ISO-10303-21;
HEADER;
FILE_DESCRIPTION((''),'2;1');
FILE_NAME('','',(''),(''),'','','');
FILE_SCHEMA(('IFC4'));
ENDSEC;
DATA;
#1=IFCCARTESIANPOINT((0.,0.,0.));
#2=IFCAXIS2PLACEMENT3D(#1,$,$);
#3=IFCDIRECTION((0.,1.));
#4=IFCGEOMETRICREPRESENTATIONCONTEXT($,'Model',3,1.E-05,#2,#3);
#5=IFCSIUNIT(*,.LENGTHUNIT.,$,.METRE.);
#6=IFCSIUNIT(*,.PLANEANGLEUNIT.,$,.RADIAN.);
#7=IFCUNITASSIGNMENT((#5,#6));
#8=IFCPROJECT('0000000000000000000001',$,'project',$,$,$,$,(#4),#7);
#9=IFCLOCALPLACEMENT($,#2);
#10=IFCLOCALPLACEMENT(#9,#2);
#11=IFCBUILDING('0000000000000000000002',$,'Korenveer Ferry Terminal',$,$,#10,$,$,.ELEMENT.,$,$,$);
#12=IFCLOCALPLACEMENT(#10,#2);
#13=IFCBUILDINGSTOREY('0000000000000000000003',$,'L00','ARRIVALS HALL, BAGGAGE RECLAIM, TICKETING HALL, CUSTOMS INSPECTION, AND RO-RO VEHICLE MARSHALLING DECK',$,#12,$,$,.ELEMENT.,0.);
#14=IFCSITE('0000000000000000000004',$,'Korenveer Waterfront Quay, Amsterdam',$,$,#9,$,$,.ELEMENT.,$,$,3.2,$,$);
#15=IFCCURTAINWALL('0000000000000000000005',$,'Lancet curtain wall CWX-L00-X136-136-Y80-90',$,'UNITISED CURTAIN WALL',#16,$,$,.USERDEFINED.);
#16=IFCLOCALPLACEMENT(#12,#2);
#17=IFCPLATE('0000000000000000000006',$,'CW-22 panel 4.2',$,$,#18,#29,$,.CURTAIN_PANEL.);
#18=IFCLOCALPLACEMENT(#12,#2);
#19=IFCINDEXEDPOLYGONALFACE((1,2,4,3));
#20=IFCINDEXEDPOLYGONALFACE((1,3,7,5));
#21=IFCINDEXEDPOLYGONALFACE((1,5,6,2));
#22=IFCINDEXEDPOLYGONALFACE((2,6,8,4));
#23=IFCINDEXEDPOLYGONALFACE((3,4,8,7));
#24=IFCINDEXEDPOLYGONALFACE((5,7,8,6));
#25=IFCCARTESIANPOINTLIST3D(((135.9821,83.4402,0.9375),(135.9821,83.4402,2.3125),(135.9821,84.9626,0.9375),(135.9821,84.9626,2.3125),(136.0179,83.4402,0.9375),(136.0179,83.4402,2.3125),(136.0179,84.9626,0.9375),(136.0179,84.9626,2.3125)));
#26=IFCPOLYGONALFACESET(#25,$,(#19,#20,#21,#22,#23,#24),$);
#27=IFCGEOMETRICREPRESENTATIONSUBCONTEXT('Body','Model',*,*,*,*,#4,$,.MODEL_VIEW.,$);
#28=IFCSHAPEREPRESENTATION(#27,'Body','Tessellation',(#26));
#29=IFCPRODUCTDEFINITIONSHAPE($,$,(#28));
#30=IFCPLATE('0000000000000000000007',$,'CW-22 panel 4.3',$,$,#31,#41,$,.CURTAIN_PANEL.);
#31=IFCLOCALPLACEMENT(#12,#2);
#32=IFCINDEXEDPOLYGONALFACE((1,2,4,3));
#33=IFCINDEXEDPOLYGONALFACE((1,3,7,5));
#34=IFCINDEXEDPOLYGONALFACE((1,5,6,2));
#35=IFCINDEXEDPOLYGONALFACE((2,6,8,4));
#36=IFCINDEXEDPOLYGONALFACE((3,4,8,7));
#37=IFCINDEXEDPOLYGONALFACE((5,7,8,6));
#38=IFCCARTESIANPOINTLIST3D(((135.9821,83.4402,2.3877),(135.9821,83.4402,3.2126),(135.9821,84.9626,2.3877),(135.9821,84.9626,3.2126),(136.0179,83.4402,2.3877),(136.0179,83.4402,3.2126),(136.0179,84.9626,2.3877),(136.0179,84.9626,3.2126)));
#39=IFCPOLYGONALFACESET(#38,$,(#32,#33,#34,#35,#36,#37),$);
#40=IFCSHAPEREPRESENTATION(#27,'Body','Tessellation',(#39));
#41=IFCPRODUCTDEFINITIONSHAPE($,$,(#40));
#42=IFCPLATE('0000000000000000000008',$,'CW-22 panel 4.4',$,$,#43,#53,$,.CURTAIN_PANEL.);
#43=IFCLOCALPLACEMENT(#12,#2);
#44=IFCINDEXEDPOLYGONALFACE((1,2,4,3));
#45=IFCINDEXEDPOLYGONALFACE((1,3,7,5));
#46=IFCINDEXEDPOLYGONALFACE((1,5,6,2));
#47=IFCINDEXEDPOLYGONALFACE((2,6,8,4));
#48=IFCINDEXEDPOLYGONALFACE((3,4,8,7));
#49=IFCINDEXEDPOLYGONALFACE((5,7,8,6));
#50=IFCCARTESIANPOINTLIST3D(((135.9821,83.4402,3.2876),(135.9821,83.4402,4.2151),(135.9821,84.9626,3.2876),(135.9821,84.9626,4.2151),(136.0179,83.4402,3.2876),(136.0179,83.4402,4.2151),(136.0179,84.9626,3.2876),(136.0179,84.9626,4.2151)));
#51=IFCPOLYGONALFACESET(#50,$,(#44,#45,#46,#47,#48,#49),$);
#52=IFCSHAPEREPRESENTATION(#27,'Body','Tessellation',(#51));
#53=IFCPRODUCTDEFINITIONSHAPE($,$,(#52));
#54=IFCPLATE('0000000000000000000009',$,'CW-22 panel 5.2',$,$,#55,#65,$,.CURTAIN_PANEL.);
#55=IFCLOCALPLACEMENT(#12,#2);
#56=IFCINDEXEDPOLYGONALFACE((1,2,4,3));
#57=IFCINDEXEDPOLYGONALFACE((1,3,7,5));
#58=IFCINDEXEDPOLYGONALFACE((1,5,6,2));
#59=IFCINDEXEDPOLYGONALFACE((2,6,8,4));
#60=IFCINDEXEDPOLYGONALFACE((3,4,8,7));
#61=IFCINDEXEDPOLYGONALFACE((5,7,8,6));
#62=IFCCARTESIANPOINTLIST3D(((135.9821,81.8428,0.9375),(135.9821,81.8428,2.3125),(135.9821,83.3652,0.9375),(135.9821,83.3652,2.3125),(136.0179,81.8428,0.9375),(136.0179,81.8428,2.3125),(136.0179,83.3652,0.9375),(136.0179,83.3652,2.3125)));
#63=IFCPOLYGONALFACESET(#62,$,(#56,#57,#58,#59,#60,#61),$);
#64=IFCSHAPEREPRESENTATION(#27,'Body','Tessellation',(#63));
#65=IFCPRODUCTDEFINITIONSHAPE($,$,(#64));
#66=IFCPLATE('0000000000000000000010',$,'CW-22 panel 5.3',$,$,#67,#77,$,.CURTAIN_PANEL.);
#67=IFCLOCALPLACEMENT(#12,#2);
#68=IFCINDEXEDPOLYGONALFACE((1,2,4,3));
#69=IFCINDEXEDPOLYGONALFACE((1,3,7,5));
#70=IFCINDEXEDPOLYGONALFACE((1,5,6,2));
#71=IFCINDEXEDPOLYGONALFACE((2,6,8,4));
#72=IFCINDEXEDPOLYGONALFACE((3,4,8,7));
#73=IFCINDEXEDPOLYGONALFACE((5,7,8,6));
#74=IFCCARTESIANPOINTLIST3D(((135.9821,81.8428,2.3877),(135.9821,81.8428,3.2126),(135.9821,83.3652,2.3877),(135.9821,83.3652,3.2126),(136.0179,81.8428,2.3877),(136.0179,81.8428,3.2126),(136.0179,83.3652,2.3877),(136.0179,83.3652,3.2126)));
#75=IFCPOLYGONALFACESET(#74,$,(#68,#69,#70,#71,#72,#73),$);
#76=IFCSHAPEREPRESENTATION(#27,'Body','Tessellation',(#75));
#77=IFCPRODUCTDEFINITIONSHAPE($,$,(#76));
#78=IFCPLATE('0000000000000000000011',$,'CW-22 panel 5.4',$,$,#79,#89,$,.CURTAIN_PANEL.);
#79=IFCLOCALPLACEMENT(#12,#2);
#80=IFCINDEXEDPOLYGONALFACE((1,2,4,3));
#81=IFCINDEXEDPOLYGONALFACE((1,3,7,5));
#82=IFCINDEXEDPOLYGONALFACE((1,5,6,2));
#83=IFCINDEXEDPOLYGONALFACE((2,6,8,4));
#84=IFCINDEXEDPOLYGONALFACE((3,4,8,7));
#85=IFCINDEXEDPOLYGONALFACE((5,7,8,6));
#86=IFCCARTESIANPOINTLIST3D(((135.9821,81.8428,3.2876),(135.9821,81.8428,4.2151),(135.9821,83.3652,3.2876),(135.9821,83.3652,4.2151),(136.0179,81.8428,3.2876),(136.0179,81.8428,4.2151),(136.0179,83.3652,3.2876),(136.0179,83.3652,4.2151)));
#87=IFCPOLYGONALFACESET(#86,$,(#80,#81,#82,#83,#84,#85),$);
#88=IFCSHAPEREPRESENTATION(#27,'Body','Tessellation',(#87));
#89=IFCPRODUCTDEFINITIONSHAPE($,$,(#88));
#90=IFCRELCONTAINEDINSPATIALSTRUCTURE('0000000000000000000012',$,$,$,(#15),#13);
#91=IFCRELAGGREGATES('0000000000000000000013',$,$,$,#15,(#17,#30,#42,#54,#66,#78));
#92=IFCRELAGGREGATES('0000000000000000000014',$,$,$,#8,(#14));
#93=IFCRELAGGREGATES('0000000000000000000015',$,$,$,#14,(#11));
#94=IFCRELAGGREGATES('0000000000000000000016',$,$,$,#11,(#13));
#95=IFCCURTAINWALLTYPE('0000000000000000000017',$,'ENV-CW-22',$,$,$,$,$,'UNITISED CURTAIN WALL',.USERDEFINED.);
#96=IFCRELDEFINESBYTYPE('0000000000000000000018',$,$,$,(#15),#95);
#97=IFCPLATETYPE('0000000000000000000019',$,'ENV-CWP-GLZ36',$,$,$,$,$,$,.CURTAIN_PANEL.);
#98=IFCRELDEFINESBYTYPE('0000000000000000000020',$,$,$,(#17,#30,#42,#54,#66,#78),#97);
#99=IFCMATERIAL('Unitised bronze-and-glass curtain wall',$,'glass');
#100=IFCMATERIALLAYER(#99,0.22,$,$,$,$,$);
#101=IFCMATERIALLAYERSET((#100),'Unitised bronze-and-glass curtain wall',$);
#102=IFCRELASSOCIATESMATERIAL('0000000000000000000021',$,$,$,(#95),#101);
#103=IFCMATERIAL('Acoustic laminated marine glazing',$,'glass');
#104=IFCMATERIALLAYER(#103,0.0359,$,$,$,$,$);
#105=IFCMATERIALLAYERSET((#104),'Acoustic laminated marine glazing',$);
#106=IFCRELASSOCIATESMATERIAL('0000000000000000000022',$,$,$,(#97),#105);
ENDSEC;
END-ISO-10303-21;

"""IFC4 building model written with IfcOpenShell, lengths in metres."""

from ifc_helpers import new_model, si_unit, direction, frame, origin, origin_2d, place, context, subcontext, project, spatial, rectangle, extrude, material, layer, layer_set, type_object, element, aggregate, save


model = new_model("IFC4")

# Units and contexts
model_context = context("Model", 3, precision=1e-05, world=origin(), true_north=direction((0.0, 1.0)))
body_context = subcontext(model_context, "Body", "Model", "MODEL_VIEW")
ifc_project = project(units=[si_unit("LENGTHUNIT", "METRE"), si_unit("PLANEANGLEUNIT", "RADIAN")], contexts=[model_context])

# Site, building, storey
site_placement = place(None, origin())
site = spatial("IfcSite", under=ifc_project, at=site_placement, Name="Korenveer Waterfront Quay, Amsterdam", CompositionType="ELEMENT", RefElevation=3.2)
building_placement = place(site_placement, origin())
building = spatial("IfcBuilding", under=site, at=building_placement, Name="Korenveer Ferry Terminal", CompositionType="ELEMENT")
storey_placement = place(building_placement, origin())
storey = spatial("IfcBuildingStorey", under=building, at=storey_placement, Name="L00", Description="ARRIVALS HALL, BAGGAGE RECLAIM, TICKETING HALL, CUSTOMS INSPECTION, AND RO-RO VEHICLE MARSHALLING DECK", CompositionType="ELEMENT", Elevation=0.0)

# Curtain wall, plates
ifc_material_1 = material(Name="Unitised bronze-and-glass curtain wall", Category="glass")
ifc_layer_1 = layer(ifc_material_1, 0.22)
ifc_layer_set_1 = layer_set([ifc_layer_1], Name="Unitised bronze-and-glass curtain wall")
curtain_wall_type = type_object("IfcCurtainWallType", Name="ENV-CW-22", ElementType="UNITISED CURTAIN WALL", PredefinedType="USERDEFINED", material=ifc_layer_set_1)
curtain_wall_placement = place(storey_placement, frame((136.0, 89.7922, 0.0)))
curtain_wall = element("IfcCurtainWall", 1, at=curtain_wall_placement, inside=storey, type_object=curtain_wall_type, Name="Lancet curtain wall CWX-L00-X136-136-Y80-90", ObjectType="UNITISED CURTAIN WALL", PredefinedType="USERDEFINED")
ifc_material_2 = material(Name="Acoustic laminated marine glazing", Category="glass")
ifc_layer_2 = layer(ifc_material_2, 0.0359)
ifc_layer_set_2 = layer_set([ifc_layer_2], Name="Acoustic laminated marine glazing")
plate_type = type_object("IfcPlateType", Name="ENV-CWP-GLZ36", PredefinedType="CURTAIN_PANEL", material=ifc_layer_set_2)
plate_1_placement = place(storey_placement, frame((136.0, 84.2014, 0.9375), z_axis=(0.0, 0.0, 1.0), x_axis=(0.0, -1.0, 0.0)))
plate_1 = element("IfcPlate", 2, at=plate_1_placement, type_object=plate_type, Name="CW-22 panel 4.2", PredefinedType="CURTAIN_PANEL", context=body_context, shape_type="SweptSolid", body=[
    extrude(rectangle(XDim=1.5225, YDim=0.0359, at=origin_2d()), origin(), (0.0, 0.0, 1.0), 1.375),
])
plate_2_placement = place(storey_placement, frame((136.0, 84.2014, 2.3877), z_axis=(0.0, 0.0, 1.0), x_axis=(0.0, -1.0, 0.0)))
plate_2 = element("IfcPlate", 3, at=plate_2_placement, type_object=plate_type, Name="CW-22 panel 4.3", PredefinedType="CURTAIN_PANEL", context=body_context, shape_type="SweptSolid", body=[
    extrude(rectangle(XDim=1.5225, YDim=0.0359, at=origin_2d()), origin(), (0.0, 0.0, 1.0), 0.825),
])
plate_3_placement = place(storey_placement, frame((136.0, 84.2014, 3.2876), z_axis=(0.0, 0.0, 1.0), x_axis=(0.0, -1.0, 0.0)))
plate_3 = element("IfcPlate", 4, at=plate_3_placement, type_object=plate_type, Name="CW-22 panel 4.4", PredefinedType="CURTAIN_PANEL", context=body_context, shape_type="SweptSolid", body=[
    extrude(rectangle(XDim=1.5225, YDim=0.0359, at=origin_2d()), origin(), (0.0, 0.0, 1.0), 0.9275),
])
plate_4_placement = place(storey_placement, frame((136.0, 82.604, 0.9375), z_axis=(0.0, 0.0, 1.0), x_axis=(0.0, -1.0, 0.0)))
plate_4 = element("IfcPlate", 5, at=plate_4_placement, type_object=plate_type, Name="CW-22 panel 5.2", PredefinedType="CURTAIN_PANEL", context=body_context, shape_type="SweptSolid", body=[
    extrude(rectangle(XDim=1.5225, YDim=0.0359, at=origin_2d()), origin(), (0.0, 0.0, 1.0), 1.375),
])
plate_5_placement = place(storey_placement, frame((136.0, 82.604, 2.3877), z_axis=(0.0, 0.0, 1.0), x_axis=(0.0, -1.0, 0.0)))
plate_5 = element("IfcPlate", 6, at=plate_5_placement, type_object=plate_type, Name="CW-22 panel 5.3", PredefinedType="CURTAIN_PANEL", context=body_context, shape_type="SweptSolid", body=[
    extrude(rectangle(XDim=1.5225, YDim=0.0359, at=origin_2d()), origin(), (0.0, 0.0, 1.0), 0.825),
])
plate_6_placement = place(storey_placement, frame((136.0, 82.604, 3.2876), z_axis=(0.0, 0.0, 1.0), x_axis=(0.0, -1.0, 0.0)))
plate_6 = element("IfcPlate", 7, at=plate_6_placement, type_object=plate_type, Name="CW-22 panel 5.4", PredefinedType="CURTAIN_PANEL", context=body_context, shape_type="SweptSolid", body=[
    extrude(rectangle(XDim=1.5225, YDim=0.0359, at=origin_2d()), origin(), (0.0, 0.0, 1.0), 0.9275),
])
aggregate(curtain_wall, [plate_1, plate_2, plate_3, plate_4, plate_5, plate_6])

save(model, "model.ifc")
